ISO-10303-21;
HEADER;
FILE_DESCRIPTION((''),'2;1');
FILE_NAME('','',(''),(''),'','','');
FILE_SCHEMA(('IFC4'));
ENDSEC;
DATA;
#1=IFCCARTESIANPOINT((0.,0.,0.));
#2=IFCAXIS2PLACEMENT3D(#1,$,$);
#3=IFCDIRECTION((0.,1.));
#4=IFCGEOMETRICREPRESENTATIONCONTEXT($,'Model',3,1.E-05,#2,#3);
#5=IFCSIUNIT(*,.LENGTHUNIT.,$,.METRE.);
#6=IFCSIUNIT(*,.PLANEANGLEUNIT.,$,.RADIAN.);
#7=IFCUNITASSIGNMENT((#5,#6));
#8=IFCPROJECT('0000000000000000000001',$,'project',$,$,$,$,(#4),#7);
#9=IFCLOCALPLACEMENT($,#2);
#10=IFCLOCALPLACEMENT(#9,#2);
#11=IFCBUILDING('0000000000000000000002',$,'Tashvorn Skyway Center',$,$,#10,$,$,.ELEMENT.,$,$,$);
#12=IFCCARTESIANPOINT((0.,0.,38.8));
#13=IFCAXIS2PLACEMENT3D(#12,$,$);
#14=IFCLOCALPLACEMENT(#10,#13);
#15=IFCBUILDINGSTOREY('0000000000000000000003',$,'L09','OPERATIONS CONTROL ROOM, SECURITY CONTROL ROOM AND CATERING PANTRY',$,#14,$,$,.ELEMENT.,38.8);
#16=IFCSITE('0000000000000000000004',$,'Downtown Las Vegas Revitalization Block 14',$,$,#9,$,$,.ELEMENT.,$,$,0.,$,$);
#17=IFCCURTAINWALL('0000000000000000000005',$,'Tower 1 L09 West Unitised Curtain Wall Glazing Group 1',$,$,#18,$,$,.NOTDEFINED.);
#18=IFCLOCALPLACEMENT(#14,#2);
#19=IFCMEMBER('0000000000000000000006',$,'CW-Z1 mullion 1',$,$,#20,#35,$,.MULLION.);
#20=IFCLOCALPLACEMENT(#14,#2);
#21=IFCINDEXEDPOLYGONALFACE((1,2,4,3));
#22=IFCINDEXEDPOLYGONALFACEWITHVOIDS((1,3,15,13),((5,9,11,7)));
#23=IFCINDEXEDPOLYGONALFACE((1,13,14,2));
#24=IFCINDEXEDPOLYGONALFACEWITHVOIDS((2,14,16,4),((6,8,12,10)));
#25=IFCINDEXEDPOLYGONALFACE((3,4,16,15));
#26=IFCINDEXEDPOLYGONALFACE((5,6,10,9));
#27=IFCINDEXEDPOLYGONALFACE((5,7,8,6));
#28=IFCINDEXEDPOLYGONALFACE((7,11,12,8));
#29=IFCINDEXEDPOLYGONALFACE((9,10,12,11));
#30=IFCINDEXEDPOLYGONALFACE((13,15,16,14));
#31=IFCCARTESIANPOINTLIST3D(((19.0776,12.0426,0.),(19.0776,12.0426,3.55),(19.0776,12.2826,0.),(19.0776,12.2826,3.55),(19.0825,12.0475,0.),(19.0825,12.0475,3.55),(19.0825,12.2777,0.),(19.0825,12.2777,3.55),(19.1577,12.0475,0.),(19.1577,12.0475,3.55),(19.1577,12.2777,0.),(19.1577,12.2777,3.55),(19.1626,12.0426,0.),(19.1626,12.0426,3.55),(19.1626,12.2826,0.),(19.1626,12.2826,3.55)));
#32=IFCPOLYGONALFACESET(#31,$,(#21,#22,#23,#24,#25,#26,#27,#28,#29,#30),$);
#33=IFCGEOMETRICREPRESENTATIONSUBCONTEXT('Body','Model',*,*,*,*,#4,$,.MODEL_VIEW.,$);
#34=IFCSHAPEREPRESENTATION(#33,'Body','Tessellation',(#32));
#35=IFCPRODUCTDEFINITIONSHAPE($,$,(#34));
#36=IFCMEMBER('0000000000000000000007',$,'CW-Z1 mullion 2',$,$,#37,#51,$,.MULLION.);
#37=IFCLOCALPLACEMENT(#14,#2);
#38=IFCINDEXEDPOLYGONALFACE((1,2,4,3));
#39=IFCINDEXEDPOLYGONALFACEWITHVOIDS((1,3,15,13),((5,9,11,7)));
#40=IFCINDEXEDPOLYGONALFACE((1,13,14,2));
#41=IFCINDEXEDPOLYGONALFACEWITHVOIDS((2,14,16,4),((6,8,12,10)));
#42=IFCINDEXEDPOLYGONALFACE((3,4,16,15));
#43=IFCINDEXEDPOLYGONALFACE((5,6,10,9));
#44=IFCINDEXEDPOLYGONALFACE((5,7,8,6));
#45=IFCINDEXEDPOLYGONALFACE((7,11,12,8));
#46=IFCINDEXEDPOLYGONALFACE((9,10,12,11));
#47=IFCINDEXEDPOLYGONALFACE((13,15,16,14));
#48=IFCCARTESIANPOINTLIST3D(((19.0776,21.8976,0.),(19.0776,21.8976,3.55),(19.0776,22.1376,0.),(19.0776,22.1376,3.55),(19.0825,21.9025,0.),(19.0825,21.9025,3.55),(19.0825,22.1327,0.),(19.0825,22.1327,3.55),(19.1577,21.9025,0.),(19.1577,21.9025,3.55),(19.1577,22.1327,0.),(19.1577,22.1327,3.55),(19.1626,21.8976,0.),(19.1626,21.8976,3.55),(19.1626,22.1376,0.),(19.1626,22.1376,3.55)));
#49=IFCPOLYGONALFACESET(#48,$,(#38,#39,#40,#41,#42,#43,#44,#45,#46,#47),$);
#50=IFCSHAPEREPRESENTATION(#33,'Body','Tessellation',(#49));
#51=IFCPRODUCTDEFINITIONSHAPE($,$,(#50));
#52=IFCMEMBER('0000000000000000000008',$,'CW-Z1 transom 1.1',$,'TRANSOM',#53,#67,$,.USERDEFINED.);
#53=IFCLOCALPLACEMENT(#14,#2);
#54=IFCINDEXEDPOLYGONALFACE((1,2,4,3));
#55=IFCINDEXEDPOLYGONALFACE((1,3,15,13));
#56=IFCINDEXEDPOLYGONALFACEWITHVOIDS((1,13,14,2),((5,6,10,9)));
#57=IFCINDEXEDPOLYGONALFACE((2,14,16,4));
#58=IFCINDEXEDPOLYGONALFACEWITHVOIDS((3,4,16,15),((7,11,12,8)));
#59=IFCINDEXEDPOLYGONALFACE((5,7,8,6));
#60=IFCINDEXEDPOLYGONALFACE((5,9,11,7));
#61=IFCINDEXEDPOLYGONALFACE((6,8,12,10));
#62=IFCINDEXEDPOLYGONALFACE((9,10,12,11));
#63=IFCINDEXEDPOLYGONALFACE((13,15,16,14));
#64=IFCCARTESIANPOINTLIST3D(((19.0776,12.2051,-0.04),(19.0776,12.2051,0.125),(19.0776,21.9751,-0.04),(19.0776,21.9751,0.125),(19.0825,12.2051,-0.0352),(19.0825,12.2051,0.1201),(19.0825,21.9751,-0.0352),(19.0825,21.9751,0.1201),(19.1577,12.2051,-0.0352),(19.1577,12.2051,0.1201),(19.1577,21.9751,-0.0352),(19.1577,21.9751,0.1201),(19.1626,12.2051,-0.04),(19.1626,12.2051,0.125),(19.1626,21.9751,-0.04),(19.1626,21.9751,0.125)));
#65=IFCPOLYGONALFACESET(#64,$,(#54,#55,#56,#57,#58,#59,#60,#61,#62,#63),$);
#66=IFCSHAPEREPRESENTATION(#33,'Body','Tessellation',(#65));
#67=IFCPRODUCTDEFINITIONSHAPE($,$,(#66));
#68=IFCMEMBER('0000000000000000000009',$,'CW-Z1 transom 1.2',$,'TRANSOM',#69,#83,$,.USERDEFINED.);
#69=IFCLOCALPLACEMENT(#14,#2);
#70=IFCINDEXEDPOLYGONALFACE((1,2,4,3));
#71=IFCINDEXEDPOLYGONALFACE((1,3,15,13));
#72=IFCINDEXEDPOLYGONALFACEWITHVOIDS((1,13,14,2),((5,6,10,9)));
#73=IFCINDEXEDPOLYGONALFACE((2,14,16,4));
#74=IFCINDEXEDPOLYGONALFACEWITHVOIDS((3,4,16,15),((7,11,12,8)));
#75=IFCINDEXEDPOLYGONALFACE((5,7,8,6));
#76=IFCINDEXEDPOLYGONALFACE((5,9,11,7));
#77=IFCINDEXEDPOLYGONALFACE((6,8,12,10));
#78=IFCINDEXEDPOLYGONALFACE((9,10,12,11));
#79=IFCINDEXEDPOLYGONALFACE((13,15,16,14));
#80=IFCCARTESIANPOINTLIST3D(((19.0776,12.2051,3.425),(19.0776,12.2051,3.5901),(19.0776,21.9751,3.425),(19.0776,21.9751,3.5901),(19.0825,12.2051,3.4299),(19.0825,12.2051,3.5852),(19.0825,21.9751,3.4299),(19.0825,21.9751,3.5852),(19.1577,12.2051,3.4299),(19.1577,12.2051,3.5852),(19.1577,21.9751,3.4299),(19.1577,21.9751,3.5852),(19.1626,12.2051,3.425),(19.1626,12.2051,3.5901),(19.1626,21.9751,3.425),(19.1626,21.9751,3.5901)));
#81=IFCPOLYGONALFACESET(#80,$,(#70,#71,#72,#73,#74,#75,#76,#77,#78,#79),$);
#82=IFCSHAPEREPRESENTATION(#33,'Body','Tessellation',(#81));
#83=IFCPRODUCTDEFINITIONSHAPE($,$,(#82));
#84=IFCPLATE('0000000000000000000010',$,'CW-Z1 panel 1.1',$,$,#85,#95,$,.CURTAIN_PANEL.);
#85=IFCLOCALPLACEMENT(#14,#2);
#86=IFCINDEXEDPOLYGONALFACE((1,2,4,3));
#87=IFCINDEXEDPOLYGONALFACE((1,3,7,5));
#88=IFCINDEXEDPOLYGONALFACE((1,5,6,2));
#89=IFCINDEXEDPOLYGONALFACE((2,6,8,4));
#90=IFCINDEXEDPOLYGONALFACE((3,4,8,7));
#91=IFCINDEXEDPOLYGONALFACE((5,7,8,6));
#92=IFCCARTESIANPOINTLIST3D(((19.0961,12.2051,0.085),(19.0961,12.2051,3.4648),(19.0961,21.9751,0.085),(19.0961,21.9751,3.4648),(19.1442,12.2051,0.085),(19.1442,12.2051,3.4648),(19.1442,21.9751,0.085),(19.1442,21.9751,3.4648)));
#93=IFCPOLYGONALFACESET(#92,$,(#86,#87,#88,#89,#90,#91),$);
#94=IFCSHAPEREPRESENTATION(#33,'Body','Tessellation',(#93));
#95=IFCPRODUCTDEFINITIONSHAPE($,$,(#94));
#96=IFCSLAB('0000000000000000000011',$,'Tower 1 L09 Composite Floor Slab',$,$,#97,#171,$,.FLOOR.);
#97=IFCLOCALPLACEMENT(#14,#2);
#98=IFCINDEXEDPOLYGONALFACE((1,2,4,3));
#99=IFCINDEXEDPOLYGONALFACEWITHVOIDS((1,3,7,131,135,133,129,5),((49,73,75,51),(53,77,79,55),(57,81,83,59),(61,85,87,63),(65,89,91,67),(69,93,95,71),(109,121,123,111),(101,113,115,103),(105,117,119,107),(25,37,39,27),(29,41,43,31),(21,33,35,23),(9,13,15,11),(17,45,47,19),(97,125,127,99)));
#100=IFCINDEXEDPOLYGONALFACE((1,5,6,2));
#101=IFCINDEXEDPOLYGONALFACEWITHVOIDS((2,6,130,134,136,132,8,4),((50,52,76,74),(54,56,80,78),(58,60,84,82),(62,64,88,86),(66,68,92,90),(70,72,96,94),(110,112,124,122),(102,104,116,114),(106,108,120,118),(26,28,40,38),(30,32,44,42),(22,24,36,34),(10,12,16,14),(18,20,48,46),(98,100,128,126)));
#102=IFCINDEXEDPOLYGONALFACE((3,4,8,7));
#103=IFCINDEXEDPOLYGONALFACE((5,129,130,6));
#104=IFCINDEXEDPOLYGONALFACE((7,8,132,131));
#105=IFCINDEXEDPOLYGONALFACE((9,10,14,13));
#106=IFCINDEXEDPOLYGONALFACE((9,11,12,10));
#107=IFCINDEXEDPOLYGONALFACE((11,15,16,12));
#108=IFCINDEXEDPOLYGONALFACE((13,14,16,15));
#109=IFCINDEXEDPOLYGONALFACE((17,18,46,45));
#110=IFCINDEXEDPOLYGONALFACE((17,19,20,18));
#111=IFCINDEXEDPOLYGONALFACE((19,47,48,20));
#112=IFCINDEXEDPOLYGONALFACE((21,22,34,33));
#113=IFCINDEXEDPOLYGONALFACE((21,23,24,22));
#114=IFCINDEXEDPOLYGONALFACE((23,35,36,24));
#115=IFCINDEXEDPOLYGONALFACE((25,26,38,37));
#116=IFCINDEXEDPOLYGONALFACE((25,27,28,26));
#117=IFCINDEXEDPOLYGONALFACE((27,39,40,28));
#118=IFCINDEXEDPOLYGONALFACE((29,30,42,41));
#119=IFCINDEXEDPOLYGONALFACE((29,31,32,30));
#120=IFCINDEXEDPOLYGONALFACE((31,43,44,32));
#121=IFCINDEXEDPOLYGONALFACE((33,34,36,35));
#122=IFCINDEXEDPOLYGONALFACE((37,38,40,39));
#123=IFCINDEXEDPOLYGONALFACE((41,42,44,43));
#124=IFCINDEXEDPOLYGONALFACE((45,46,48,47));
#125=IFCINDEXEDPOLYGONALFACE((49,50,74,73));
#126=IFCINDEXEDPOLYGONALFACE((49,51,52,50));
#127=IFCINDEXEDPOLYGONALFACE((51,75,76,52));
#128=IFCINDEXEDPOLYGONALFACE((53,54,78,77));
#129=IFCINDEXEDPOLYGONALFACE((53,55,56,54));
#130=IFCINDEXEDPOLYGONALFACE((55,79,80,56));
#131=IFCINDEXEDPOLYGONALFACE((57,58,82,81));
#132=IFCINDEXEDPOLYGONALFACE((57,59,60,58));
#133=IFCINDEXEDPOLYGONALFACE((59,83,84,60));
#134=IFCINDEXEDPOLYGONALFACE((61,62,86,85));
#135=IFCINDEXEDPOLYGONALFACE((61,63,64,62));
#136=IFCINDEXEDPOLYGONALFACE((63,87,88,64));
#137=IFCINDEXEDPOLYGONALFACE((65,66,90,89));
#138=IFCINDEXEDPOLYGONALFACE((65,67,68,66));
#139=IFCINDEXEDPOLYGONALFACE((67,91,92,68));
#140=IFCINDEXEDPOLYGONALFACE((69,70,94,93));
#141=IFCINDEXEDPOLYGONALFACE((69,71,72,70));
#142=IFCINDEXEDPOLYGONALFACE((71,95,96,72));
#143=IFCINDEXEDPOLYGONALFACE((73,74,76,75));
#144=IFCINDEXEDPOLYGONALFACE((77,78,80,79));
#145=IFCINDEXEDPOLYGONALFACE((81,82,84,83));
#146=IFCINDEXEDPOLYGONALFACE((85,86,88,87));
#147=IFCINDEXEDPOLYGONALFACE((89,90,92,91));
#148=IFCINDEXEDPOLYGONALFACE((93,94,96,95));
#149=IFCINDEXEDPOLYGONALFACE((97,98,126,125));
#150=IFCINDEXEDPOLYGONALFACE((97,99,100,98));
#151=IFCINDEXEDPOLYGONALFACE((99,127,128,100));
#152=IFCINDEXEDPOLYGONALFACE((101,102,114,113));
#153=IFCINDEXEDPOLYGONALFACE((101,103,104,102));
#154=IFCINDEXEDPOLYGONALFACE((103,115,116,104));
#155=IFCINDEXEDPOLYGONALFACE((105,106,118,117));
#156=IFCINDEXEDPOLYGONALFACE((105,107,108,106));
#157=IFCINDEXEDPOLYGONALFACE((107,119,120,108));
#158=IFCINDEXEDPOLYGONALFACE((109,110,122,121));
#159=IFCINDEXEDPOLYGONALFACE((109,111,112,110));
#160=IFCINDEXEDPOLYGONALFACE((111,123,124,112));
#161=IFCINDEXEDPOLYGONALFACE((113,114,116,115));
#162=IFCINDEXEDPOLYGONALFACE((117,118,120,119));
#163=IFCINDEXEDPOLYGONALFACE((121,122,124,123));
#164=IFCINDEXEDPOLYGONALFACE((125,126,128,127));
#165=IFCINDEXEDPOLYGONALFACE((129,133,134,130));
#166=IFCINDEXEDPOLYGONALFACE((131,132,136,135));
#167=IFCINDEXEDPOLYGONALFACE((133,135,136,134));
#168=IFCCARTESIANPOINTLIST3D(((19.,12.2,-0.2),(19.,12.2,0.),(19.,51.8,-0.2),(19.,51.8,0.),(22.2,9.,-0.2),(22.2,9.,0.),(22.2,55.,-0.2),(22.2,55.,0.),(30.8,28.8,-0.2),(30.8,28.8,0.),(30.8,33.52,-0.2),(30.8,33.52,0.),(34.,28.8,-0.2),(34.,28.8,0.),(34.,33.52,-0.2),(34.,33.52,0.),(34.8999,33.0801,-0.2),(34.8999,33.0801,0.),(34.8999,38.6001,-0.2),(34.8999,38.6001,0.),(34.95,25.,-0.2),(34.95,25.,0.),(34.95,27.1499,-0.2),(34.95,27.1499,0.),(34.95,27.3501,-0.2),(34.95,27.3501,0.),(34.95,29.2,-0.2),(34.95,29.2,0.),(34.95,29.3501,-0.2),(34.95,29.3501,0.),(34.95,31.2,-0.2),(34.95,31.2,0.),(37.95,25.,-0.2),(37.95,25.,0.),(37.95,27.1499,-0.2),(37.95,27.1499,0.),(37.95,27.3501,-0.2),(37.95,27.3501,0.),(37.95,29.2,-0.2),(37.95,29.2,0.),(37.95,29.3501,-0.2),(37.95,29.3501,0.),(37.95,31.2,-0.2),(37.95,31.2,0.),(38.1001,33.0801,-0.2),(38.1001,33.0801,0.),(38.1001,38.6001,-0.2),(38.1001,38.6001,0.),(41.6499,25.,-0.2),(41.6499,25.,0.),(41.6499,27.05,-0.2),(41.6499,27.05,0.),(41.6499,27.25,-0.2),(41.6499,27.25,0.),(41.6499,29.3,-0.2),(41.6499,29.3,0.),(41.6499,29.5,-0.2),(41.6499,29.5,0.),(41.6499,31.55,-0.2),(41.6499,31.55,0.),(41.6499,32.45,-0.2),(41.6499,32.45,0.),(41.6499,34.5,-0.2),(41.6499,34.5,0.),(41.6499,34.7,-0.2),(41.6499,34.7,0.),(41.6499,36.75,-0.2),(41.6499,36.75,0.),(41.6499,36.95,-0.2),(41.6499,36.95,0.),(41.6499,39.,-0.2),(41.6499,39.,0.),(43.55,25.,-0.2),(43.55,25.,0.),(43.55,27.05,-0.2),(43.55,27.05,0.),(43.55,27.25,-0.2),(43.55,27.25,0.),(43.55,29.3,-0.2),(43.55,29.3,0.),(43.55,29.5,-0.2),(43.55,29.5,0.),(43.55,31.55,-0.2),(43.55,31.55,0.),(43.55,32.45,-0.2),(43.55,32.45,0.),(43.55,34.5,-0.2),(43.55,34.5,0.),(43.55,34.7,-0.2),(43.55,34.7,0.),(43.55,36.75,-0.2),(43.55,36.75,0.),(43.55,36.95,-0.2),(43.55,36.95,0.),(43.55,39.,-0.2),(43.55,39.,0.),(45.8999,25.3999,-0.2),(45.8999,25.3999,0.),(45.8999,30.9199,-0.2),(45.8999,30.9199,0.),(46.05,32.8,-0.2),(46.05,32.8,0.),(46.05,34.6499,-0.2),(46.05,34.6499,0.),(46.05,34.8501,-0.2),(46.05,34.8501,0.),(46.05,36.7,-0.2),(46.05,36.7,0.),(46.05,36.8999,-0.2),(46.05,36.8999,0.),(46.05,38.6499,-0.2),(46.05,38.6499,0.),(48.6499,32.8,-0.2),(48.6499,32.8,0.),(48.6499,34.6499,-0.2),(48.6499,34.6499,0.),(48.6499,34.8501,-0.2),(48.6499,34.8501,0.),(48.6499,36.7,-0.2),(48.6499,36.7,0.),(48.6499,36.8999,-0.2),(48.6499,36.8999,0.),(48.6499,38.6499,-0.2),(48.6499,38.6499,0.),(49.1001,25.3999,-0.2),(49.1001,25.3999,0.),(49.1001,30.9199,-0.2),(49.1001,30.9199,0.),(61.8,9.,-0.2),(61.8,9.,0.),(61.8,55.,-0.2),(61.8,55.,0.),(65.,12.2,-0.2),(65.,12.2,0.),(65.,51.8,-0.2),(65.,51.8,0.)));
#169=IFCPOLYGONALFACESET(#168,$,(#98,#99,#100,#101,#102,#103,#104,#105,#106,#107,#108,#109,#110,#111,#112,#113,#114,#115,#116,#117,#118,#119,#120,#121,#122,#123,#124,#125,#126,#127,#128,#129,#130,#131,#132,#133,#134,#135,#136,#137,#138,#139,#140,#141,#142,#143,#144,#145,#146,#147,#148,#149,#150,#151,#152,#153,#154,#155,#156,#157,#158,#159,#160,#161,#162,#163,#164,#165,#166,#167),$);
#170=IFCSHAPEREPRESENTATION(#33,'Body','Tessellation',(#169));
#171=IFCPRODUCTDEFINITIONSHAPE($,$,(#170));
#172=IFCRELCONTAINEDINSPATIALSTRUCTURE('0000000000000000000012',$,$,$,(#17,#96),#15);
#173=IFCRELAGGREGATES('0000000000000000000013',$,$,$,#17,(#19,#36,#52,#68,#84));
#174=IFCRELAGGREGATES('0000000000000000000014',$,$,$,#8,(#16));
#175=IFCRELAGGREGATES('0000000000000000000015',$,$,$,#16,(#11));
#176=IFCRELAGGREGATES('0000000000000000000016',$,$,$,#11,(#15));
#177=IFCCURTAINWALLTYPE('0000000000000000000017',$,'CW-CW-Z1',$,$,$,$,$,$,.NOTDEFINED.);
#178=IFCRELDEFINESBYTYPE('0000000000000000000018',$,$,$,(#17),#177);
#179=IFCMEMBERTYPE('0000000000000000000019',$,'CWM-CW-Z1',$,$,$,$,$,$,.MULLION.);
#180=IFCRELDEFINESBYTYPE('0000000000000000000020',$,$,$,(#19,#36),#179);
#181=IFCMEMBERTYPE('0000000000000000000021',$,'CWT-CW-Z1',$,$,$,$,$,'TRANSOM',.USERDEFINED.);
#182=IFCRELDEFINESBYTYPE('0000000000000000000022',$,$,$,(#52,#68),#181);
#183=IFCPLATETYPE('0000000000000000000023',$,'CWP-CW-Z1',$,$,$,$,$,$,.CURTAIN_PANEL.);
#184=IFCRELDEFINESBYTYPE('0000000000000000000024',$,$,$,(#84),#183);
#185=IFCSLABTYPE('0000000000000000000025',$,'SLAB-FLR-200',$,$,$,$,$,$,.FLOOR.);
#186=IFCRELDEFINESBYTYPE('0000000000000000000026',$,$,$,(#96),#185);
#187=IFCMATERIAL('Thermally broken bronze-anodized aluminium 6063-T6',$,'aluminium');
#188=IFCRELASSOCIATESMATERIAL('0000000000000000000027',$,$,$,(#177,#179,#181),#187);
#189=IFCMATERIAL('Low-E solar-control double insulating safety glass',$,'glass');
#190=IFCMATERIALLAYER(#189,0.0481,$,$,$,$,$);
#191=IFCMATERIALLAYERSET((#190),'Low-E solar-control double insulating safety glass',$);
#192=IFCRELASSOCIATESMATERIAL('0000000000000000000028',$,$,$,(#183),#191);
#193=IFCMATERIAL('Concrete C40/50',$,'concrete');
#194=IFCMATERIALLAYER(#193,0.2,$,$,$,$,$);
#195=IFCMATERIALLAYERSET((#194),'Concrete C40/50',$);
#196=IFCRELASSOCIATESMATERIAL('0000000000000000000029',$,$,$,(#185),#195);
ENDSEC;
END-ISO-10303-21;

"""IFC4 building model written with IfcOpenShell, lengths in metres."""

from ifc_helpers import new_model, si_unit, direction, frame, origin, origin_2d, place, context, subcontext, project, spatial, polyline, rectangle, hollow_rectangle, outline, extrude, material, layer, layer_set, material_profile, profile_set, type_object, element, aggregate, save


model = new_model("IFC4")

# Units and contexts
model_context = context("Model", 3, precision=1e-05, world=origin(), true_north=direction((0.0, 1.0)))
body_context = subcontext(model_context, "Body", "Model", "MODEL_VIEW")
ifc_project = project(units=[si_unit("LENGTHUNIT", "METRE"), si_unit("PLANEANGLEUNIT", "RADIAN")], contexts=[model_context])

# Site, building, storey
site_placement = place(None, origin())
site = spatial("IfcSite", under=ifc_project, at=site_placement, Name="Downtown Las Vegas Revitalization Block 14", CompositionType="ELEMENT", RefElevation=0.0)
building_placement = place(site_placement, origin())
building = spatial("IfcBuilding", under=site, at=building_placement, Name="Tashvorn Skyway Center", CompositionType="ELEMENT")
storey_placement = place(building_placement, frame((0.0, 0.0, 38.8)))
storey = spatial("IfcBuildingStorey", under=building, at=storey_placement, Name="L09", Description="OPERATIONS CONTROL ROOM, SECURITY CONTROL ROOM AND CATERING PANTRY", CompositionType="ELEMENT", Elevation=38.8)

# Curtain wall, members, plate
ifc_material_1 = material(Name="Thermally broken bronze-anodized aluminium 6063-T6", Category="aluminium")
curtain_wall_type = type_object("IfcCurtainWallType", Name="CW-CW-Z1", PredefinedType="NOTDEFINED", material=ifc_material_1)
curtain_wall_placement = place(storey_placement, origin())
curtain_wall = element("IfcCurtainWall", 1, at=curtain_wall_placement, inside=storey, type_object=curtain_wall_type, Name="Tower 1 L09 West Unitised Curtain Wall Glazing Group 1", PredefinedType="NOTDEFINED")
ifc_material_profile_1 = material_profile(ifc_material_1, hollow_rectangle(XDim=0.085, YDim=0.24, WallThickness=0.0049, at=origin_2d()), Name="ALU-MULL-85x240")
ifc_profile_set_1 = profile_set([ifc_material_profile_1], Name="Thermally broken bronze-anodized aluminium 6063-T6")
member_type_1 = type_object("IfcMemberType", Name="CWM-CW-Z1", PredefinedType="MULLION", material=ifc_profile_set_1)
member_1_placement = place(storey_placement, frame((19.1201, 12.1626, 0.0), z_axis=(0.0, 0.0, 1.0), x_axis=(-1.0, 0.0, 0.0)))
member_1 = element("IfcMember", 2, at=member_1_placement, type_object=member_type_1, Name="CW-Z1 mullion 1", PredefinedType="MULLION", context=body_context, shape_type="SweptSolid", body=[
    extrude(hollow_rectangle(XDim=0.085, YDim=0.24, WallThickness=0.0049, at=origin_2d()), origin(), (0.0, 0.0, 1.0), 3.55),
])
member_2_placement = place(storey_placement, frame((19.1201, 22.0176, 0.0), z_axis=(0.0, 0.0, 1.0), x_axis=(-1.0, 0.0, 0.0)))
member_2 = element("IfcMember", 3, at=member_2_placement, type_object=member_type_1, Name="CW-Z1 mullion 2", PredefinedType="MULLION", context=body_context, shape_type="SweptSolid", body=[
    extrude(hollow_rectangle(XDim=0.085, YDim=0.24, WallThickness=0.0049, at=origin_2d()), origin(), (0.0, 0.0, 1.0), 3.55),
])
ifc_material_profile_2 = material_profile(ifc_material_1, hollow_rectangle(XDim=0.085, YDim=0.165, WallThickness=0.0049, at=origin_2d()), Name="ALU-TRAN-85x165")
ifc_profile_set_2 = profile_set([ifc_material_profile_2], Name="Thermally broken bronze-anodized aluminium 6063-T6")
member_type_2 = type_object("IfcMemberType", Name="CWT-CW-Z1", ElementType="TRANSOM", PredefinedType="USERDEFINED", material=ifc_profile_set_2)
member_3_placement = place(storey_placement, frame((19.1201, 12.2051, 0.0425), z_axis=(0.0, 1.0, 0.0), x_axis=(-1.0, 0.0, 0.0)))
member_3 = element("IfcMember", 4, at=member_3_placement, type_object=member_type_2, Name="CW-Z1 transom 1.1", ObjectType="TRANSOM", PredefinedType="USERDEFINED", context=body_context, shape_type="SweptSolid", body=[
    extrude(hollow_rectangle(XDim=0.085, YDim=0.165, WallThickness=0.0049, at=origin_2d()), origin(), (0.0, 0.0, 1.0), 9.77),
])
member_4_placement = place(storey_placement, frame((19.1201, 12.2051, 3.5076), z_axis=(0.0, 1.0, 0.0), x_axis=(-1.0, 0.0, 0.0)))
member_4 = element("IfcMember", 5, at=member_4_placement, type_object=member_type_2, Name="CW-Z1 transom 1.2", ObjectType="TRANSOM", PredefinedType="USERDEFINED", context=body_context, shape_type="SweptSolid", body=[
    extrude(hollow_rectangle(XDim=0.085, YDim=0.165, WallThickness=0.0049, at=origin_2d()), origin(), (0.0, 0.0, 1.0), 9.77),
])
ifc_material_2 = material(Name="Low-E solar-control double insulating safety glass", Category="glass")
ifc_layer_1 = layer(ifc_material_2, 0.0481)
ifc_layer_set_1 = layer_set([ifc_layer_1], Name="Low-E solar-control double insulating safety glass")
plate_type = type_object("IfcPlateType", Name="CWP-CW-Z1", PredefinedType="CURTAIN_PANEL", material=ifc_layer_set_1)
plate_placement = place(storey_placement, frame((19.1201, 17.0901, 0.085), z_axis=(0.0, 0.0, 1.0), x_axis=(0.0, 1.0, 0.0)))
plate = element("IfcPlate", 6, at=plate_placement, type_object=plate_type, Name="CW-Z1 panel 1.1", PredefinedType="CURTAIN_PANEL", context=body_context, shape_type="SweptSolid", body=[
    extrude(rectangle(XDim=9.77, YDim=0.0481, at=origin_2d()), origin(), (0.0, 0.0, 1.0), 3.3799),
])
aggregate(curtain_wall, [member_1, member_2, member_3, member_4, plate])

# Slab
ifc_material_3 = material(Name="Concrete C40/50", Category="concrete")
ifc_layer_2 = layer(ifc_material_3, 0.2)
ifc_layer_set_2 = layer_set([ifc_layer_2], Name="Concrete C40/50")
slab_type_1 = type_object("IfcSlabType", Name="SLAB-FLR-200", PredefinedType="FLOOR", material=ifc_layer_set_2)
slab_1_placement = place(storey_placement, frame((0.0, 0.0, -0.2)))
element("IfcSlab", 7, at=slab_1_placement, inside=storey, type_object=slab_type_1, Name="Tower 1 L09 Composite Floor Slab", PredefinedType="FLOOR", context=body_context, shape_type="SweptSolid", body=[
    extrude(outline(polyline([(22.2, 9.0), (61.8, 9.0), (65.0, 12.2), (65.0, 51.8), (61.8, 55.0), (22.2, 55.0), (19.0, 51.8), (19.0, 12.2), (22.2, 9.0)]), holes=[polyline([(38.1001, 33.0801), (38.1001, 38.6001), (34.8999, 38.6001), (34.8999, 33.0801), (38.1001, 33.0801)]), polyline([(45.8999, 30.9199), (45.8999, 25.3999), (49.1001, 25.3999), (49.1001, 30.9199), (45.8999, 30.9199)]), polyline([(30.8, 33.52), (30.8, 28.8), (34.0, 28.8), (34.0, 33.52), (30.8, 33.52)]), polyline([(34.95, 29.3501), (37.95, 29.3501), (37.95, 31.2), (34.95, 31.2), (34.95, 29.3501)]), polyline([(34.95, 27.3501), (37.95, 27.3501), (37.95, 29.2), (34.95, 29.2), (34.95, 27.3501)]), polyline([(34.95, 25.0), (37.95, 25.0), (37.95, 27.1499), (34.95, 27.1499), (34.95, 25.0)]), polyline([(41.6499, 25.0), (43.55, 25.0), (43.55, 27.05), (41.6499, 27.05), (41.6499, 25.0)]), polyline([(41.6499, 27.25), (43.55, 27.25), (43.55, 29.3), (41.6499, 29.3), (41.6499, 27.25)]), polyline([(41.6499, 29.5), (43.55, 29.5), (43.55, 31.55), (41.6499, 31.55), (41.6499, 29.5)]), polyline([(41.6499, 32.45), (43.55, 32.45), (43.55, 34.5), (41.6499, 34.5), (41.6499, 32.45)]), polyline([(41.6499, 34.7), (43.55, 34.7), (43.55, 36.75), (41.6499, 36.75), (41.6499, 34.7)]), polyline([(41.6499, 36.95), (43.55, 36.95), (43.55, 39.0), (41.6499, 39.0), (41.6499, 36.95)]), polyline([(46.05, 32.8), (48.6499, 32.8), (48.6499, 34.6499), (46.05, 34.6499), (46.05, 32.8)]), polyline([(46.05, 34.8501), (48.6499, 34.8501), (48.6499, 36.7), (46.05, 36.7), (46.05, 34.8501)]), polyline([(46.05, 36.8999), (48.6499, 36.8999), (48.6499, 38.6499), (46.05, 38.6499), (46.05, 36.8999)])]), origin(), (0.0, 0.0, 1.0), 0.2),
])

save(model, "model.ifc")
